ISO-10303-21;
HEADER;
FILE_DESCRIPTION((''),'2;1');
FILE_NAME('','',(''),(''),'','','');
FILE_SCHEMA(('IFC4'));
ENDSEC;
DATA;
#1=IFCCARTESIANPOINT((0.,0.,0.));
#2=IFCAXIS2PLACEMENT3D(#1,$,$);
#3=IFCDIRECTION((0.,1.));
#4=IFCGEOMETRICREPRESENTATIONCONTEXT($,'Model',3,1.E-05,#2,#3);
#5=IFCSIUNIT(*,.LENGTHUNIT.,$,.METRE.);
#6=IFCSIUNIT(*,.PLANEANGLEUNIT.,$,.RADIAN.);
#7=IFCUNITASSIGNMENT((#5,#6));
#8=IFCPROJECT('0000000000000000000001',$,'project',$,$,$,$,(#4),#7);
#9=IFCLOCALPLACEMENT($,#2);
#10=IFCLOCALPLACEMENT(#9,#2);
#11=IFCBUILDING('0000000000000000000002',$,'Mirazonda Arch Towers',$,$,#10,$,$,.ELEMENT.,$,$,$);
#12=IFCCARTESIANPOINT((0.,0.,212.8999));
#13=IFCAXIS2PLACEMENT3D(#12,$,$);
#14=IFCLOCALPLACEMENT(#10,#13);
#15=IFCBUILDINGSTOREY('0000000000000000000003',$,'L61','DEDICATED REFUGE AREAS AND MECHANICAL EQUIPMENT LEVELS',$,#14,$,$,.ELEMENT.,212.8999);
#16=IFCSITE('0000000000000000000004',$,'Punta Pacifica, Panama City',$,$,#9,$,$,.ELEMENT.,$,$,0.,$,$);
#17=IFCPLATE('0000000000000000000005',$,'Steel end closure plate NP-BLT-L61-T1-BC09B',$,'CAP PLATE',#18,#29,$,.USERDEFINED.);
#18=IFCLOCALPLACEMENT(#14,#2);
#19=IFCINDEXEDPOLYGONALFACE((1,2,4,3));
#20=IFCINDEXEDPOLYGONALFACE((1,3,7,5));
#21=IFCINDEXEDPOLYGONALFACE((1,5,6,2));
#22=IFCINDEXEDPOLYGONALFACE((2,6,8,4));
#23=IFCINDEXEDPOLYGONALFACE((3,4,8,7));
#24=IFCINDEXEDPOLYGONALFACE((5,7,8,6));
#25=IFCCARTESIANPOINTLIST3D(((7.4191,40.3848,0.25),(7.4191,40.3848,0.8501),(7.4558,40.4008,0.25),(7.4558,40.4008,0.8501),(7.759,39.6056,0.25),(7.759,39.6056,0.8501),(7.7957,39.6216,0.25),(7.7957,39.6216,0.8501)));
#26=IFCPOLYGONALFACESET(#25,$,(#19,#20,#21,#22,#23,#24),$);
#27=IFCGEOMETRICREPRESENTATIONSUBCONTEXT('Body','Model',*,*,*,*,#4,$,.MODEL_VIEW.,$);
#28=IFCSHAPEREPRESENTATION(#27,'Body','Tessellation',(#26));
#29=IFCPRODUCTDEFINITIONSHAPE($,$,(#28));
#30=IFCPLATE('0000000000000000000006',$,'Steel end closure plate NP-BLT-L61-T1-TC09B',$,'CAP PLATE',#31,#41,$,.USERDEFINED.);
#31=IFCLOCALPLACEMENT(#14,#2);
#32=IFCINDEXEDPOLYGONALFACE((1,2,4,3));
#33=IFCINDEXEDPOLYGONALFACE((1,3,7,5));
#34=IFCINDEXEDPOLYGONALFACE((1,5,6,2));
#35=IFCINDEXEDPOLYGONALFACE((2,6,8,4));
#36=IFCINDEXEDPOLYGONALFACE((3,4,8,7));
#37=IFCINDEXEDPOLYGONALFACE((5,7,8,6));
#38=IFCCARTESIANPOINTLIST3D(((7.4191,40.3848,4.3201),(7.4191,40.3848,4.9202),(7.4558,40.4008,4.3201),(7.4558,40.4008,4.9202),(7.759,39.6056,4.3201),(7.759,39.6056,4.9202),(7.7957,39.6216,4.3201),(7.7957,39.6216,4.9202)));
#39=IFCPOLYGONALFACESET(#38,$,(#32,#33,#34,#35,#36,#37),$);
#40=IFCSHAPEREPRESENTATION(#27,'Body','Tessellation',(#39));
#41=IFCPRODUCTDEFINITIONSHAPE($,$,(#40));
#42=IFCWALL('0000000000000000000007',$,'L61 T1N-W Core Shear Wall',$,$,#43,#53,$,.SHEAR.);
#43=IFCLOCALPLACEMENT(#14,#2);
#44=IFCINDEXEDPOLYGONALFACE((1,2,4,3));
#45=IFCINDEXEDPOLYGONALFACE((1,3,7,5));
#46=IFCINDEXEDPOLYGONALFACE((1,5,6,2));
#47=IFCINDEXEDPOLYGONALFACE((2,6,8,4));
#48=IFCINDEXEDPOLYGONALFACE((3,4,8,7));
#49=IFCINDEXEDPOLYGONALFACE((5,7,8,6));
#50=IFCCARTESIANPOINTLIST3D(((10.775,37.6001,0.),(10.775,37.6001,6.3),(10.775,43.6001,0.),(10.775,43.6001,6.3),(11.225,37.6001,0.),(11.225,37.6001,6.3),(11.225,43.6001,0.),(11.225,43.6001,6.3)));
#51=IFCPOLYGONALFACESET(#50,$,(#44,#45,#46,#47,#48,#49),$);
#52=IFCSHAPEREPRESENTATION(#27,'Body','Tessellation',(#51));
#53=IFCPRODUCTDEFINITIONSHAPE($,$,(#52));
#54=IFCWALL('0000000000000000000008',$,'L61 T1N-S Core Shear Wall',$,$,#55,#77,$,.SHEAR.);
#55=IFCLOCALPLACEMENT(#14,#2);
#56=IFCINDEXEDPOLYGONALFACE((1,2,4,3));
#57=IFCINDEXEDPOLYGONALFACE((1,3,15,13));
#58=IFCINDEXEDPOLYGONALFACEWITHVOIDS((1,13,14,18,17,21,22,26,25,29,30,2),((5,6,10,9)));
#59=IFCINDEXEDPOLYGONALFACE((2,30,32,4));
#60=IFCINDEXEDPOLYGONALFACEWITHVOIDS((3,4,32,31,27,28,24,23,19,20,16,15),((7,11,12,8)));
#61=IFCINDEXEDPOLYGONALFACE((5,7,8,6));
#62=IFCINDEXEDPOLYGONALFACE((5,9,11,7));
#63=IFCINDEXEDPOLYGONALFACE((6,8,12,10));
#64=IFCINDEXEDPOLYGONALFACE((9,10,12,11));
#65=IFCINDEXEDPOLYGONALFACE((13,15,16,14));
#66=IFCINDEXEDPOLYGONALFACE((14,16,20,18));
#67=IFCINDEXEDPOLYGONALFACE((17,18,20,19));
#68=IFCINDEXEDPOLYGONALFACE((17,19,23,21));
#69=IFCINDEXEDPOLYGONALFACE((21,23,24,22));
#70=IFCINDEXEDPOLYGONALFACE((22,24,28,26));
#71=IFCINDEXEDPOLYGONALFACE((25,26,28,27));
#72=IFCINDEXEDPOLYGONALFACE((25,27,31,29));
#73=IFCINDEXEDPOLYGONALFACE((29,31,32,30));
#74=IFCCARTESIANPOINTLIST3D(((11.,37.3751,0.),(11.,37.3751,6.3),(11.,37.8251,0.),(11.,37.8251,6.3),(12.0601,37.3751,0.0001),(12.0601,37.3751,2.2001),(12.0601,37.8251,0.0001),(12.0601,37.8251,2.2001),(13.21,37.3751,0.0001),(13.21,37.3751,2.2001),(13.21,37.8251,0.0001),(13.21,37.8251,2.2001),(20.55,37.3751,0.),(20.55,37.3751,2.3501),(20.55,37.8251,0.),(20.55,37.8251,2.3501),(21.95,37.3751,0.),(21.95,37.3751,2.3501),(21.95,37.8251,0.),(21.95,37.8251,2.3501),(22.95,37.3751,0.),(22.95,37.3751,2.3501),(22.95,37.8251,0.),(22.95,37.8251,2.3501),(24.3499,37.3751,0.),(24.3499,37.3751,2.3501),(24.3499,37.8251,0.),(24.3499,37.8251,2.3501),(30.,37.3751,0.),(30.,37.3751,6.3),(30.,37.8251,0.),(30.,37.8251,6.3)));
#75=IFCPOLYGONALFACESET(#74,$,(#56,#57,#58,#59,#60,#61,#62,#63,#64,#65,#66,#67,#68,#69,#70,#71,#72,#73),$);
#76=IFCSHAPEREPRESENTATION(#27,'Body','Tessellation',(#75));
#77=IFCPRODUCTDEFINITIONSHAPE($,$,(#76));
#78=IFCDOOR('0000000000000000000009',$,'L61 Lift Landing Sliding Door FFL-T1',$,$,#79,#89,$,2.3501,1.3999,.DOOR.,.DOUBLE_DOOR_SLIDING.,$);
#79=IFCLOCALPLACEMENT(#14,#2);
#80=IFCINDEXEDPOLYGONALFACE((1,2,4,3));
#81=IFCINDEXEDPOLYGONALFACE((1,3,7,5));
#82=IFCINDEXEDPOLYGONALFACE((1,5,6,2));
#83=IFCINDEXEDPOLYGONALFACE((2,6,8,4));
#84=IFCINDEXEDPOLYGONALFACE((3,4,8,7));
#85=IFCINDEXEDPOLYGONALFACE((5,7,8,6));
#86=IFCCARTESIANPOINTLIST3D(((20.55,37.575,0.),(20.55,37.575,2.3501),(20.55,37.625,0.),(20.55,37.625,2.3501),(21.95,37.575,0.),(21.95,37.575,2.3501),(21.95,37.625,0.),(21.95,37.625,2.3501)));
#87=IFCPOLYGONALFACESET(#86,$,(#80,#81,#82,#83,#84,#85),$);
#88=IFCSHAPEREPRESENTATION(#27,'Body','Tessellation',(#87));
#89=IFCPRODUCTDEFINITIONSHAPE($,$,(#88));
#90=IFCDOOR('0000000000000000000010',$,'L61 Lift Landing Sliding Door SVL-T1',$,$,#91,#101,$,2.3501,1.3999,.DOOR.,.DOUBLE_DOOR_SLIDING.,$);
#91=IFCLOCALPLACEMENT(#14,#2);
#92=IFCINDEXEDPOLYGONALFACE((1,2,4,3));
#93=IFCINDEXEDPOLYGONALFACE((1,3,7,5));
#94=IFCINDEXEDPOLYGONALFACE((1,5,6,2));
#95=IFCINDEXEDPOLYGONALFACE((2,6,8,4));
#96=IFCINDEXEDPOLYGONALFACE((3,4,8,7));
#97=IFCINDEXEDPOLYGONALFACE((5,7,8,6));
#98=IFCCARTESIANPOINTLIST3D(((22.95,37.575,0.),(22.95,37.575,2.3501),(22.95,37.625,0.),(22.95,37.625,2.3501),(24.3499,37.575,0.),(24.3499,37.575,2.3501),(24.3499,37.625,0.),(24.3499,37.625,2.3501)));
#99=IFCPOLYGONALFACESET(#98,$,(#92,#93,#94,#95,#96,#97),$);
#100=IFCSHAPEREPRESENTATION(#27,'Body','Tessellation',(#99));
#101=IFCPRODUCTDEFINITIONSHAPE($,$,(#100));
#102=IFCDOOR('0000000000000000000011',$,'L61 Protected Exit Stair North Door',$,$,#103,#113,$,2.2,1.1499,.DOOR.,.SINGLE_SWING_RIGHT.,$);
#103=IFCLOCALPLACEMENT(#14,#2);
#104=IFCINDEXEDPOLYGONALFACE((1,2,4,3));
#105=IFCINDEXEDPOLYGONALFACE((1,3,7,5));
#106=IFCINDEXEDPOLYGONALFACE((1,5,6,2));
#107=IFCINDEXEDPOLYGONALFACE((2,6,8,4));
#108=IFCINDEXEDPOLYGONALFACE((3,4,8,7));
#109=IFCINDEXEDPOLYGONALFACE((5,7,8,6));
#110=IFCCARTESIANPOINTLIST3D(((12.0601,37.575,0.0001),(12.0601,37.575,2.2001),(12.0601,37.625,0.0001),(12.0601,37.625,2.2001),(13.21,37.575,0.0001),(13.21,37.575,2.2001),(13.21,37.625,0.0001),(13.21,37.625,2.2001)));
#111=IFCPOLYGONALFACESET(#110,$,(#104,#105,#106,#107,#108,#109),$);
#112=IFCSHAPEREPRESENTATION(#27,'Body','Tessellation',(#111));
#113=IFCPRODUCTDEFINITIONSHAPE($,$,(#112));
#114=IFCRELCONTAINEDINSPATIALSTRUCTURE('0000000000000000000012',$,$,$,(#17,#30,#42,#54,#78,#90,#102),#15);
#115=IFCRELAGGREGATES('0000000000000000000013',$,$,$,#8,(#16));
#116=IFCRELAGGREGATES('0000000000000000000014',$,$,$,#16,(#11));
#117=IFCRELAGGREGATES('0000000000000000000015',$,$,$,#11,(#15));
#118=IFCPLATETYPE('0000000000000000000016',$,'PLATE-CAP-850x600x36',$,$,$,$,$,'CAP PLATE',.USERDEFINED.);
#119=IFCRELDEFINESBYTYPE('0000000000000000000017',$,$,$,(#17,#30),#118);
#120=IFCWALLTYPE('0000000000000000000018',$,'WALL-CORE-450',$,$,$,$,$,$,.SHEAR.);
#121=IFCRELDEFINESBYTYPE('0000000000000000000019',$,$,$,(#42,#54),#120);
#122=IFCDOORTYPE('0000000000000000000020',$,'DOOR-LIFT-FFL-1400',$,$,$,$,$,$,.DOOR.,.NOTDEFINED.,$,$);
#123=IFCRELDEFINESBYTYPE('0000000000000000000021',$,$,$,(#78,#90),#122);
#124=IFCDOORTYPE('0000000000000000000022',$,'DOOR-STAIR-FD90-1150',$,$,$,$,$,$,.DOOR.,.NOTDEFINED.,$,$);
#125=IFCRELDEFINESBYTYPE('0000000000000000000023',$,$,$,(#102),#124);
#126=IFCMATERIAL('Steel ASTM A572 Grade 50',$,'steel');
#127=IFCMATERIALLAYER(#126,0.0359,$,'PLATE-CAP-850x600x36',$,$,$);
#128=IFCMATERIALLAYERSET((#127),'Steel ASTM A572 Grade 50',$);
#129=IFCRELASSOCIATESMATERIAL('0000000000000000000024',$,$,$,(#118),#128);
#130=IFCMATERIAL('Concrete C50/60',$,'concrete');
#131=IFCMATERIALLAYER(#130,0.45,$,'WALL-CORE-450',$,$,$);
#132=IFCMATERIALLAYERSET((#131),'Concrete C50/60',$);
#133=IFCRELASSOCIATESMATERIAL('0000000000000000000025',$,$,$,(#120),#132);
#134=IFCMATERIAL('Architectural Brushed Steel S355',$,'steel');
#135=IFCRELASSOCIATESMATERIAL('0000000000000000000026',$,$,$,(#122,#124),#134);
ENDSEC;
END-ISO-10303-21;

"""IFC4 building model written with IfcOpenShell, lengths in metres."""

from ifc_helpers import new_model, si_unit, direction, frame, frame_2d, origin, origin_2d, place, context, subcontext, project, spatial, rectangle, extrude, material, layer, layer_set, type_object, element, fill, save


model = new_model("IFC4")

# Units and contexts
model_context = context("Model", 3, precision=1e-05, world=origin(), true_north=direction((0.0, 1.0)))
body_context = subcontext(model_context, "Body", "Model", "MODEL_VIEW")
ifc_project = project(units=[si_unit("LENGTHUNIT", "METRE"), si_unit("PLANEANGLEUNIT", "RADIAN")], contexts=[model_context])

# Site, building, storey
site_placement = place(None, origin())
site = spatial("IfcSite", under=ifc_project, at=site_placement, Name="Punta Pacifica, Panama City", CompositionType="ELEMENT", RefElevation=0.0)
building_placement = place(site_placement, origin())
building = spatial("IfcBuilding", under=site, at=building_placement, Name="Mirazonda Arch Towers", CompositionType="ELEMENT")
storey_placement = place(building_placement, frame((0.0, 0.0, 212.8999)))
storey = spatial("IfcBuildingStorey", under=building, at=storey_placement, Name="L61", Description="DEDICATED REFUGE AREAS AND MECHANICAL EQUIPMENT LEVELS", CompositionType="ELEMENT", Elevation=212.8999)

# Shared definitions
ifc_material_1 = material(Name="Concrete C50/60", Category="concrete")

# Shared definitions
ifc_material_2 = material(Name="Steel ASTM A572 Grade 50", Category="steel")

# Plates
ifc_layer_1 = layer(ifc_material_2, 0.0359, Name="PLATE-CAP-850x600x36")
ifc_layer_set_1 = layer_set([ifc_layer_1], Name="Steel ASTM A572 Grade 50")
plate_type_1 = type_object("IfcPlateType", Name="PLATE-CAP-850x600x36", ElementType="CAP PLATE", PredefinedType="USERDEFINED", material=ifc_layer_set_1)
for number, where, z_axis, x_axis, name in (
    (1, (7.6074, 40.0032, 0.25), (0.0, 0.0, 1.0), (0.916572, 0.399869, 0.0), "Steel end closure plate NP-BLT-L61-T1-BC09B"),
    (2, (7.6074, 40.0032, 4.3201), (0.0, 0.0, 1.0), (0.916572, 0.399869, 0.0), "Steel end closure plate NP-BLT-L61-T1-TC09B"),
):
    element("IfcPlate", number, at=place(storey_placement, frame(where, z_axis=z_axis, x_axis=x_axis)), inside=storey, type_object=plate_type_1, Name=name, ObjectType="CAP PLATE", PredefinedType="USERDEFINED", context=body_context, shape_type="SweptSolid", body=[
        extrude(rectangle(XDim=0.04, YDim=0.8501, at=origin_2d()), origin(), (0.0, 0.0, 1.0), 0.6001),
    ])

# Wall
ifc_layer_2 = layer(ifc_material_1, 0.45, Name="WALL-CORE-450")
ifc_layer_set_2 = layer_set([ifc_layer_2], Name="Concrete C50/60")
wall_type = type_object("IfcWallType", Name="WALL-CORE-450", PredefinedType="SHEAR", material=ifc_layer_set_2)
wall_1_placement = place(storey_placement, frame((11.0, 37.6001, 0.0), z_axis=(0.0, 0.0, 1.0), x_axis=(0.0, 1.0, 0.0)))
element("IfcWall", 3, at=wall_1_placement, inside=storey, type_object=wall_type, Name="L61 T1N-W Core Shear Wall", PredefinedType="SHEAR", context=body_context, shape_type="SweptSolid", body=[
    extrude(rectangle(XDim=6.0, YDim=0.45, at=frame_2d((3.0, 0.0))), origin(), (0.0, 0.0, 1.0), 6.3),
])

# Wall, openings, doors
wall_2_placement = place(storey_placement, frame((11.0, 37.6001, 0.0), z_axis=(0.0, 0.0, 1.0), x_axis=(1.0, 0.0, 0.0)))
wall_2 = element("IfcWall", 4, at=wall_2_placement, inside=storey, type_object=wall_type, Name="L61 T1N-S Core Shear Wall", PredefinedType="SHEAR", context=body_context, shape_type="SweptSolid", body=[
    extrude(rectangle(XDim=19.0, YDim=0.45, at=frame_2d((9.5, 0.0))), origin(), (0.0, 0.0, 1.0), 6.3),
])
opening_1_placement = place(wall_2_placement, frame((1.0601, 0.0, 0.0)))
opening_1 = element("IfcOpeningElement", 5, at=opening_1_placement, cuts=wall_2, PredefinedType="OPENING", context=body_context, shape_type="SweptSolid", body=[
    extrude(rectangle(XDim=1.1499, YDim=2.2, at=frame_2d((0.575, 1.1001))), frame((0.0, 0.2349, 0.0), z_axis=(0.0, -1.0, 0.0), x_axis=(1.0, 0.0, 0.0)), (0.0, 0.0, 1.0), 0.47),
])
opening_2_placement = place(wall_2_placement, frame((9.55, 0.0, 0.0)))
opening_2 = element("IfcOpeningElement", 6, at=opening_2_placement, cuts=wall_2, PredefinedType="OPENING", context=body_context, shape_type="SweptSolid", body=[
    extrude(rectangle(XDim=1.3999, YDim=2.3501, at=frame_2d((0.7, 1.175))), frame((0.0, 0.2349, 0.0), z_axis=(0.0, -1.0, 0.0), x_axis=(1.0, 0.0, 0.0)), (0.0, 0.0, 1.0), 0.47),
])
opening_3_placement = place(wall_2_placement, frame((11.95, 0.0, 0.0)))
opening_3 = element("IfcOpeningElement", 7, at=opening_3_placement, cuts=wall_2, PredefinedType="OPENING", context=body_context, shape_type="SweptSolid", body=[
    extrude(rectangle(XDim=1.3999, YDim=2.3501, at=frame_2d((0.7, 1.175))), frame((0.0, 0.2349, 0.0), z_axis=(0.0, -1.0, 0.0), x_axis=(1.0, 0.0, 0.0)), (0.0, 0.0, 1.0), 0.47),
])
ifc_material_3 = material(Name="Architectural Brushed Steel S355", Category="steel")
door_type_1 = type_object("IfcDoorType", Name="DOOR-LIFT-FFL-1400", OperationType="NOTDEFINED", PredefinedType="DOOR", material=ifc_material_3)
door_1_placement = place(opening_2_placement, origin())
door_1 = element("IfcDoor", 8, at=door_1_placement, inside=storey, type_object=door_type_1, Name="L61 Lift Landing Sliding Door FFL-T1", OperationType="DOUBLE_DOOR_SLIDING", OverallHeight=2.3501, OverallWidth=1.3999, PredefinedType="DOOR", context=body_context, shape_type="SweptSolid", body=[
    extrude(rectangle(XDim=1.3999, YDim=2.3501, at=frame_2d((0.7, 1.175))), frame((0.0, 0.0249, 0.0), z_axis=(0.0, -1.0, 0.0), x_axis=(1.0, 0.0, 0.0)), (0.0, 0.0, 1.0), 0.05),
])
fill(opening_2, door_1)
door_2_placement = place(opening_3_placement, origin())
door_2 = element("IfcDoor", 9, at=door_2_placement, inside=storey, type_object=door_type_1, Name="L61 Lift Landing Sliding Door SVL-T1", OperationType="DOUBLE_DOOR_SLIDING", OverallHeight=2.3501, OverallWidth=1.3999, PredefinedType="DOOR", context=body_context, shape_type="SweptSolid", body=[
    extrude(rectangle(XDim=1.3999, YDim=2.3501, at=frame_2d((0.7, 1.175))), frame((0.0, 0.0249, 0.0), z_axis=(0.0, -1.0, 0.0), x_axis=(1.0, 0.0, 0.0)), (0.0, 0.0, 1.0), 0.05),
])
fill(opening_3, door_2)
door_type_2 = type_object("IfcDoorType", Name="DOOR-STAIR-FD90-1150", OperationType="NOTDEFINED", PredefinedType="DOOR", material=ifc_material_3)
door_3_placement = place(opening_1_placement, origin())
door_3 = element("IfcDoor", 10, at=door_3_placement, inside=storey, type_object=door_type_2, Name="L61 Protected Exit Stair North Door", OperationType="SINGLE_SWING_RIGHT", OverallHeight=2.2, OverallWidth=1.1499, PredefinedType="DOOR", context=body_context, shape_type="SweptSolid", body=[
    extrude(rectangle(XDim=1.1499, YDim=2.2, at=frame_2d((0.575, 1.1001))), frame((0.0, 0.0249, 0.0), z_axis=(0.0, -1.0, 0.0), x_axis=(1.0, 0.0, 0.0)), (0.0, 0.0, 1.0), 0.05),
])
fill(opening_1, door_3)

save(model, "model.ifc")
